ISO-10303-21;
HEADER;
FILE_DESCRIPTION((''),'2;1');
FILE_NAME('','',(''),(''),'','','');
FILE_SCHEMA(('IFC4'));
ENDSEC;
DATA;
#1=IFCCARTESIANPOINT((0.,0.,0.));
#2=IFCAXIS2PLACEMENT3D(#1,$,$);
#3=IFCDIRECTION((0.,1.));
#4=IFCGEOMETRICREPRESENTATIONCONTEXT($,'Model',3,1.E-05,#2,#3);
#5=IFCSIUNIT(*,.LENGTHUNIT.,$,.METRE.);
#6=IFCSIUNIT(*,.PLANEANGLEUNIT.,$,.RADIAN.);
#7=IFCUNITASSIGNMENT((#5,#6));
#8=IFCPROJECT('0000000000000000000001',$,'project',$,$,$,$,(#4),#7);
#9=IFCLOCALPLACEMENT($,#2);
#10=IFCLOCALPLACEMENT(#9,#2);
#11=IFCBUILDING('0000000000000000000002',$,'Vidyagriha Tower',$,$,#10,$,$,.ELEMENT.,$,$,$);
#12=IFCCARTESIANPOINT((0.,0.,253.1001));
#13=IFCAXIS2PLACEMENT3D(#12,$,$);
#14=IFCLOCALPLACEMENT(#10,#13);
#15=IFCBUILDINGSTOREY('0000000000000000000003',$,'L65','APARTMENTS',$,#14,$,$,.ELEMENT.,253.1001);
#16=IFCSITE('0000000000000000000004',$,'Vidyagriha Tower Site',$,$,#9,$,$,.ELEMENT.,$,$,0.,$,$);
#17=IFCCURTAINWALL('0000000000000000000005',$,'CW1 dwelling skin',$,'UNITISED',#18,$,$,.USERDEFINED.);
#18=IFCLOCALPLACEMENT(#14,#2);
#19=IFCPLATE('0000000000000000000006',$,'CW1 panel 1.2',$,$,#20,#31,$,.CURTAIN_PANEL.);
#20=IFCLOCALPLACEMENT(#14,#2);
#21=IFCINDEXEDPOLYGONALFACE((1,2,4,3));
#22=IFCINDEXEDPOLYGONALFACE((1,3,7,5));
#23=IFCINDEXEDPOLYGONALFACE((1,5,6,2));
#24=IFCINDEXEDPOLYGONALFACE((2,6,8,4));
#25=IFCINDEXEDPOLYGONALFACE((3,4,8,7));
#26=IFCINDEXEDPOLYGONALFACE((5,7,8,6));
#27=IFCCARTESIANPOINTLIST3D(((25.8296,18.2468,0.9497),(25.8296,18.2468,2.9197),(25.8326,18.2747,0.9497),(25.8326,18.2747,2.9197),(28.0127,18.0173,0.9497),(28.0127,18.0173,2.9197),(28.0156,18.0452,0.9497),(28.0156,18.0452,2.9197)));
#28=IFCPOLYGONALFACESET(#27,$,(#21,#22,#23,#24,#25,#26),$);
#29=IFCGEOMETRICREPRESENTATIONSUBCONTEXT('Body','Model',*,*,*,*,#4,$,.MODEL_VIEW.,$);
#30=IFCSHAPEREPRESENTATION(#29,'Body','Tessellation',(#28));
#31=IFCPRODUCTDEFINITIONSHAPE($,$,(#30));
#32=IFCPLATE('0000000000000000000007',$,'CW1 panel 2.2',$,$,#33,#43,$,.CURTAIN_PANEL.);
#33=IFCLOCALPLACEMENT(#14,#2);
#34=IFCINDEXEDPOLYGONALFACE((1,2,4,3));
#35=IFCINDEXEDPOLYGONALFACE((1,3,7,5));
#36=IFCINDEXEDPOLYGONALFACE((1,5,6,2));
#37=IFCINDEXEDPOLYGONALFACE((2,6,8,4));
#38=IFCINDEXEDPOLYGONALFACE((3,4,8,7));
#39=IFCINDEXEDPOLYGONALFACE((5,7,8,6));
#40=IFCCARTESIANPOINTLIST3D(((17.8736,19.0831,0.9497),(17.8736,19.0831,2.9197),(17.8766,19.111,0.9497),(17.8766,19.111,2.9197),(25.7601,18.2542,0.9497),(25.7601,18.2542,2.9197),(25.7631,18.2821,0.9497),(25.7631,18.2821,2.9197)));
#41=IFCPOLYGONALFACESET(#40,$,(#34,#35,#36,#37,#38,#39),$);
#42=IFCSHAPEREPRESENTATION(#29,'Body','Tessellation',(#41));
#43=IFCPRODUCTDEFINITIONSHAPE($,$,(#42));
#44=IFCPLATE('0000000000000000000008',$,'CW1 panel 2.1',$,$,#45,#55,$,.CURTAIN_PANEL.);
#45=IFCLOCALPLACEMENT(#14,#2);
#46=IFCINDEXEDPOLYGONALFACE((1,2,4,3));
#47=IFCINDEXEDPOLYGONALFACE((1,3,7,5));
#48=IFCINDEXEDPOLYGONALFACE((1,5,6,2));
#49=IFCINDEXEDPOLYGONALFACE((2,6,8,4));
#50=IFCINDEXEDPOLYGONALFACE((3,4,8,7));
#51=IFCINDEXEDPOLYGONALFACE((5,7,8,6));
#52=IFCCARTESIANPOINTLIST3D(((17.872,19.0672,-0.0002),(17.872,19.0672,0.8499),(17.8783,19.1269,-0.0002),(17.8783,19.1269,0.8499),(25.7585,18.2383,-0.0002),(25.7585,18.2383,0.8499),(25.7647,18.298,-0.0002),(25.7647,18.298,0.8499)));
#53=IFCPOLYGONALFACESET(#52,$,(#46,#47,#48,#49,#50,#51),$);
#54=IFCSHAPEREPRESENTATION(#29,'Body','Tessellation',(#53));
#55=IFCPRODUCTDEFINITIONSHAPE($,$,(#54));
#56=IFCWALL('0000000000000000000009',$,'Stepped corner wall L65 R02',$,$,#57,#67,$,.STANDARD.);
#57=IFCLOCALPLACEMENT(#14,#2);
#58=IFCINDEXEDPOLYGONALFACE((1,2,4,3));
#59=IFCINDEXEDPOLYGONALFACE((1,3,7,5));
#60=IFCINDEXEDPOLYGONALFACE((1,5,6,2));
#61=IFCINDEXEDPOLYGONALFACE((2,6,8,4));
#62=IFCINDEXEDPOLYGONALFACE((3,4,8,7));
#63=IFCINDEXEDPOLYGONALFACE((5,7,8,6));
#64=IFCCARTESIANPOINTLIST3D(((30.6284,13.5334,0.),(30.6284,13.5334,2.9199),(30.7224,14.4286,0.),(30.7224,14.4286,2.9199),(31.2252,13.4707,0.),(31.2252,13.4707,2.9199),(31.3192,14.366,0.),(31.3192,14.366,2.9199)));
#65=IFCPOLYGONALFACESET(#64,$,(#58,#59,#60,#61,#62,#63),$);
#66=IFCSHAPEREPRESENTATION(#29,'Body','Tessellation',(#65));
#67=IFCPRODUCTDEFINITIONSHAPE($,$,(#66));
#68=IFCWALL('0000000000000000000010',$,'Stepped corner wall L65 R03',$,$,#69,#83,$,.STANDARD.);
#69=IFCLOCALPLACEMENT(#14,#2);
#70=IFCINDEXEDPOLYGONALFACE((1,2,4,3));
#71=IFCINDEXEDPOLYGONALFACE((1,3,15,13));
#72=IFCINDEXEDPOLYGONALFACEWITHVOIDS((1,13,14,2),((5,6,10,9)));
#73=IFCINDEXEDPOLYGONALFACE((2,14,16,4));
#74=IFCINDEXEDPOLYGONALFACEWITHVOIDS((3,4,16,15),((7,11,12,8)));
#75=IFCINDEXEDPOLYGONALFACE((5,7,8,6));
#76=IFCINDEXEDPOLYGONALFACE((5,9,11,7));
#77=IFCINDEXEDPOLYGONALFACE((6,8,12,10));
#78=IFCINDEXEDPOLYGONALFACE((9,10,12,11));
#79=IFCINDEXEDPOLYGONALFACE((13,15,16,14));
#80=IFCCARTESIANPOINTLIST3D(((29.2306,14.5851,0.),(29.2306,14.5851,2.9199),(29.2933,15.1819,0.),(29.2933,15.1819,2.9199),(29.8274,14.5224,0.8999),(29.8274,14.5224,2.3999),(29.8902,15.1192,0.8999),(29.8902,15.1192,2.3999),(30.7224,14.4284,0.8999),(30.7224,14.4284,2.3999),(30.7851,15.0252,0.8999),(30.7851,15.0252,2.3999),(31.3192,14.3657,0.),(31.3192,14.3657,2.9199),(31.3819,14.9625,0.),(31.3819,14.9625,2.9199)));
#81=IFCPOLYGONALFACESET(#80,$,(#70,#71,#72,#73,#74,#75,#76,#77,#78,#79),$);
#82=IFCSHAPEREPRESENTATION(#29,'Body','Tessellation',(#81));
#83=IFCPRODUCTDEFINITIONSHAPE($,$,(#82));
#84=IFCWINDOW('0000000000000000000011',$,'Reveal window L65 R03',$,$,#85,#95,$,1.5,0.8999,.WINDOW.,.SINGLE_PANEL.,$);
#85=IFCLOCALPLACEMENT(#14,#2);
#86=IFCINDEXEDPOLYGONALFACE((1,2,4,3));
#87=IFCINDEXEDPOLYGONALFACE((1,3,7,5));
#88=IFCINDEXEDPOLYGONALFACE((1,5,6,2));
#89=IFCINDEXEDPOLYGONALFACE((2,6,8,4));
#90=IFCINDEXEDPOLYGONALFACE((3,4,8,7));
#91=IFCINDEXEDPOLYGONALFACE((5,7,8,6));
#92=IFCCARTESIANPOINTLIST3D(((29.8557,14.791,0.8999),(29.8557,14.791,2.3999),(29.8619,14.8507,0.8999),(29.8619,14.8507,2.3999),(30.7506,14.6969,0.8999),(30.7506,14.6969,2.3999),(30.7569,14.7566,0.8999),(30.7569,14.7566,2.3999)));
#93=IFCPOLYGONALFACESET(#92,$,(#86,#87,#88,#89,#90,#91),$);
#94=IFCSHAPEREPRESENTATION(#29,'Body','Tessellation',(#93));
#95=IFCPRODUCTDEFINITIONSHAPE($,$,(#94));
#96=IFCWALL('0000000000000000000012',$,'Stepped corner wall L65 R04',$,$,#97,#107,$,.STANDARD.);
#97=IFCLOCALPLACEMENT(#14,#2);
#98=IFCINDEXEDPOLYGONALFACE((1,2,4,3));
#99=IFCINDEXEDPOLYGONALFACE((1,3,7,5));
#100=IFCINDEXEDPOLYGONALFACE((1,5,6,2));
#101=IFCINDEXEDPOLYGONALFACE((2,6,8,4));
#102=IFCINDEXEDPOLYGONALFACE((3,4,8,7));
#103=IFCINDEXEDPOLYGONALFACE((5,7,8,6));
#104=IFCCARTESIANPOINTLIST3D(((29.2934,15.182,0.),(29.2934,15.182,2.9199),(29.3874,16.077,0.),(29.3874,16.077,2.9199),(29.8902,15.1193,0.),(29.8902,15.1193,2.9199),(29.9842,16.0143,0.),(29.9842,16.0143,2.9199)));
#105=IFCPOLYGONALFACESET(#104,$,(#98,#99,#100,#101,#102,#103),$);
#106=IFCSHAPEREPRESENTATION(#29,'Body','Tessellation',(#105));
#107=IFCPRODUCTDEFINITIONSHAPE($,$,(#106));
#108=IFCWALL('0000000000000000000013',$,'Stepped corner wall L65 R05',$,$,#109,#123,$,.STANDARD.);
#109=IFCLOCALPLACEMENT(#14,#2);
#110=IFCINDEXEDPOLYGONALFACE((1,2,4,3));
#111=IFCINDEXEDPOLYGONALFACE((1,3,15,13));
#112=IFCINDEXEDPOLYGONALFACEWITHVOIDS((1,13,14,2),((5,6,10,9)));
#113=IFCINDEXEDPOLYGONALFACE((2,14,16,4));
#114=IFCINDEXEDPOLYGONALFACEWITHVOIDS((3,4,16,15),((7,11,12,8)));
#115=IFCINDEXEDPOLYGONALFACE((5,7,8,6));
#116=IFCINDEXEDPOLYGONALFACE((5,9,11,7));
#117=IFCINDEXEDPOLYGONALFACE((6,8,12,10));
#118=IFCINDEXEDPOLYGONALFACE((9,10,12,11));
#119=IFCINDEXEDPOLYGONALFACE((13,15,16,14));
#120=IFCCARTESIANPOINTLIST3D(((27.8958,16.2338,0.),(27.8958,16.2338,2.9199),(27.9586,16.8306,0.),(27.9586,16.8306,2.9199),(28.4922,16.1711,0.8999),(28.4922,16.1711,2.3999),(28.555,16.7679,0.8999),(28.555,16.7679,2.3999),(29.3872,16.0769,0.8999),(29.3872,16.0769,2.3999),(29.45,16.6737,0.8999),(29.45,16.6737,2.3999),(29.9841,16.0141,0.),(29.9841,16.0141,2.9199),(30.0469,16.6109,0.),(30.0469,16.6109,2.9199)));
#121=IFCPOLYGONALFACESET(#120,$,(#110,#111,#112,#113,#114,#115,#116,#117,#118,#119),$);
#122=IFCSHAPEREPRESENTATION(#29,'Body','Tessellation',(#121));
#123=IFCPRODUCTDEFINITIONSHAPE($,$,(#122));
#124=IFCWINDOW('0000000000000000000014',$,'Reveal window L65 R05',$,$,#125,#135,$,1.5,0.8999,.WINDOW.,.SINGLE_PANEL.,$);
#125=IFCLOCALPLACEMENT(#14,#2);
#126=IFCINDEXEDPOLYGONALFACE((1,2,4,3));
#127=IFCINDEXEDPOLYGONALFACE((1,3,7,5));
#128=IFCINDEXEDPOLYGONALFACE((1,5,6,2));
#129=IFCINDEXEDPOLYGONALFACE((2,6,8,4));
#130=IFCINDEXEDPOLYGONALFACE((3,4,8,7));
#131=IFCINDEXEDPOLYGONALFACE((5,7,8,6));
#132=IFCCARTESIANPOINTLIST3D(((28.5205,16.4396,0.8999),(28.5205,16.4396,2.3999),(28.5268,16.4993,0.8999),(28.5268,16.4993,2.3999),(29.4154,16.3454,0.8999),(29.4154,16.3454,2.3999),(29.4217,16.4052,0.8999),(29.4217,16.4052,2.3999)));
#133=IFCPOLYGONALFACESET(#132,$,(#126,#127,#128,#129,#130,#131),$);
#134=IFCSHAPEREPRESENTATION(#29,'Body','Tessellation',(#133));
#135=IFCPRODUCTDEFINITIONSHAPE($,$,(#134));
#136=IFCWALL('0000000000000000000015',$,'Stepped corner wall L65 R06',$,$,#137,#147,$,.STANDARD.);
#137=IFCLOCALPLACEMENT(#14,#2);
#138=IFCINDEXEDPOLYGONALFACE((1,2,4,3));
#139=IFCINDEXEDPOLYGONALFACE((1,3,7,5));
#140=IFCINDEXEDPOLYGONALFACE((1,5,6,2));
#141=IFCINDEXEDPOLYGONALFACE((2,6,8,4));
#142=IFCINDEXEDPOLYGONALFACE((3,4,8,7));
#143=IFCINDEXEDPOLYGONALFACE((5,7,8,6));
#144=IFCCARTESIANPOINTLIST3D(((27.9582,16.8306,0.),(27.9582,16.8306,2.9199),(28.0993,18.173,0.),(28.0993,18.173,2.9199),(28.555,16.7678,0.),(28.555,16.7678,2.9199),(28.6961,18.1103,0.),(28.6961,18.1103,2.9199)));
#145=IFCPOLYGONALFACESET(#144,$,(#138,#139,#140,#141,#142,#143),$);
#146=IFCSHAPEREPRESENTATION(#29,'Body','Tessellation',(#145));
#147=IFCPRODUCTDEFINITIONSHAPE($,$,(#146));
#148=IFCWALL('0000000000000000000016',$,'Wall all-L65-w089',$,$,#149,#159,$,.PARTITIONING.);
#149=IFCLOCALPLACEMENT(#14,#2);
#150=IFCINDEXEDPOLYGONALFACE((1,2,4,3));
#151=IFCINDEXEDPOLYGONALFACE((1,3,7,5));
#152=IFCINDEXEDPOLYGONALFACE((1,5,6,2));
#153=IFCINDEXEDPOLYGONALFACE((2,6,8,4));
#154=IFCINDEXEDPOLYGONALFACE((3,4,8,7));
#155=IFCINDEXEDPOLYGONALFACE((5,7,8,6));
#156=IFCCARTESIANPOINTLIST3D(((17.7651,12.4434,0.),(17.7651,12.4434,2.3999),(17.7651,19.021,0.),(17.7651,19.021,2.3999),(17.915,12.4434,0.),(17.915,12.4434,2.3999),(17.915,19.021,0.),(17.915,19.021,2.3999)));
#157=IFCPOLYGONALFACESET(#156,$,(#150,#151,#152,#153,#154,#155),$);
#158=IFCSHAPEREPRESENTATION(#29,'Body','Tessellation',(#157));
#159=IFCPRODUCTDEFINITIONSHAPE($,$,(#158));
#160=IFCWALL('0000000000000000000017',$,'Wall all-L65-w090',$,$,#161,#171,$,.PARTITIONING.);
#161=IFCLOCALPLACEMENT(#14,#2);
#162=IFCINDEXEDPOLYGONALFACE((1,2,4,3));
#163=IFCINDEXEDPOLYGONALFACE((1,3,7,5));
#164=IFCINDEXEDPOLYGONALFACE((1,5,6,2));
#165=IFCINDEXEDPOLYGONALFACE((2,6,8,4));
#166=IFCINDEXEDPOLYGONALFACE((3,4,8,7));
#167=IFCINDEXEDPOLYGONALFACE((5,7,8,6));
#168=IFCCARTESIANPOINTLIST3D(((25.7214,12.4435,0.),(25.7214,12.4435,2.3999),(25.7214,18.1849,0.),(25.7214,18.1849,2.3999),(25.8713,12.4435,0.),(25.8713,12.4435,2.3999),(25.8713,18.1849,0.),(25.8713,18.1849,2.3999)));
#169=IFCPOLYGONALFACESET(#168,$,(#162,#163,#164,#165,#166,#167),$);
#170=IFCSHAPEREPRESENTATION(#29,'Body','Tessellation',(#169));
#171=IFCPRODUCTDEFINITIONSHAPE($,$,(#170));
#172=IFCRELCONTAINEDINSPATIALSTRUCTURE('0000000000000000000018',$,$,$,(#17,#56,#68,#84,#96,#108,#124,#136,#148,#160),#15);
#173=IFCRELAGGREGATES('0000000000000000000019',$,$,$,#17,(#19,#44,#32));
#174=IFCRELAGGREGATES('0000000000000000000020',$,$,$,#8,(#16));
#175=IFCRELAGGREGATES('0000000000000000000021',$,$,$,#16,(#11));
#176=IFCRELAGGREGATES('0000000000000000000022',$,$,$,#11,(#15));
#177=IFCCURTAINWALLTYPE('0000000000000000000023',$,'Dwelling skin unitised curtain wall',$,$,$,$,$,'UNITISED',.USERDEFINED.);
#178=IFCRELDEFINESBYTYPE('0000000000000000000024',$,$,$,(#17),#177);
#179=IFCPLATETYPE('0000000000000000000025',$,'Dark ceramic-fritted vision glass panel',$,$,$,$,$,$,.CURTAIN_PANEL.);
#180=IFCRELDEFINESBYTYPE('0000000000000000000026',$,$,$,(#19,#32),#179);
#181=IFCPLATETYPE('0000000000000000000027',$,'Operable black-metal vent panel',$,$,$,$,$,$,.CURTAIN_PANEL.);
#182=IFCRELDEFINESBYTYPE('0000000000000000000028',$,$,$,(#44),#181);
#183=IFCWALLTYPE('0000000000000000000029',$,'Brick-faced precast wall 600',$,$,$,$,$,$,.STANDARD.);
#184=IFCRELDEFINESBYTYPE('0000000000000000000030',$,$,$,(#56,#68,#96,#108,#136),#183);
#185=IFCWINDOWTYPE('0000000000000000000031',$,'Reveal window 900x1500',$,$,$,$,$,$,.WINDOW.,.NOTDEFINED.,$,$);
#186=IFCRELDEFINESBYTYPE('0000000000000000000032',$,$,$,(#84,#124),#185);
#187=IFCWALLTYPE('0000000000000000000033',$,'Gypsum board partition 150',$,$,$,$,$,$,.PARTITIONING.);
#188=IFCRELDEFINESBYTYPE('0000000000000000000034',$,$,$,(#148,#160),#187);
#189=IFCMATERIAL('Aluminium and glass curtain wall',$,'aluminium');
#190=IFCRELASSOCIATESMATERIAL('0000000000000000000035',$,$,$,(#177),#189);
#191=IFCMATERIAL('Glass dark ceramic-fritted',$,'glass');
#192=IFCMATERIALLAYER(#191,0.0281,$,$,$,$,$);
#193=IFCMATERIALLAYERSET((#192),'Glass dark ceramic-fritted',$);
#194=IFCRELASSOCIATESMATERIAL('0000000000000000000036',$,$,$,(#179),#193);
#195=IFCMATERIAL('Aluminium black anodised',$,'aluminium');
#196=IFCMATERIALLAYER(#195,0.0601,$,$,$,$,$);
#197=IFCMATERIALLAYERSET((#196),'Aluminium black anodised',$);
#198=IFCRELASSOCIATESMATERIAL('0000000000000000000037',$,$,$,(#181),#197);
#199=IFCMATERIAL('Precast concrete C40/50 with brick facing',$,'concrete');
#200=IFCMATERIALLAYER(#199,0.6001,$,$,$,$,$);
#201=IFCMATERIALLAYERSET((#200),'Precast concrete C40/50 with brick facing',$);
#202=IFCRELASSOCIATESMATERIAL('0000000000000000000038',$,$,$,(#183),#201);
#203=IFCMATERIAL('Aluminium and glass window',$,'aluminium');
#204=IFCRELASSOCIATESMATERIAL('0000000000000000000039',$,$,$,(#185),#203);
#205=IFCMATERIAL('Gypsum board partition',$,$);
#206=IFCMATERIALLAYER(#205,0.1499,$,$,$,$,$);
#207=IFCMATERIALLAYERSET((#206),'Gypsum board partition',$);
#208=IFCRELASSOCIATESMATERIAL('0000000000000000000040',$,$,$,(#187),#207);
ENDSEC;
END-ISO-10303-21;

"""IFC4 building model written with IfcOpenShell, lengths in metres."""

from ifc_helpers import new_model, si_unit, direction, frame, frame_2d, origin, origin_2d, place, context, subcontext, project, spatial, rectangle, extrude, material, layer, layer_set, type_object, element, fill, aggregate, save


model = new_model("IFC4")

# Units and contexts
model_context = context("Model", 3, precision=1e-05, world=origin(), true_north=direction((0.0, 1.0)))
body_context = subcontext(model_context, "Body", "Model", "MODEL_VIEW")
ifc_project = project(units=[si_unit("LENGTHUNIT", "METRE"), si_unit("PLANEANGLEUNIT", "RADIAN")], contexts=[model_context])

# Site, building, storey
site_placement = place(None, origin())
site = spatial("IfcSite", under=ifc_project, at=site_placement, Name="Vidyagriha Tower Site", CompositionType="ELEMENT", RefElevation=0.0)
building_placement = place(site_placement, origin())
building = spatial("IfcBuilding", under=site, at=building_placement, Name="Vidyagriha Tower", CompositionType="ELEMENT")
storey_placement = place(building_placement, frame((0.0, 0.0, 253.1001)))
storey = spatial("IfcBuildingStorey", under=building, at=storey_placement, Name="L65", Description="APARTMENTS", CompositionType="ELEMENT", Elevation=253.1001)

# Curtain wall, plates
ifc_material_1 = material(Name="Aluminium and glass curtain wall", Category="aluminium")
curtain_wall_type = type_object("IfcCurtainWallType", Name="Dwelling skin unitised curtain wall", ElementType="UNITISED", PredefinedType="USERDEFINED", material=ifc_material_1)
curtain_wall_placement = place(storey_placement, origin())
curtain_wall = element("IfcCurtainWall", 1, at=curtain_wall_placement, inside=storey, type_object=curtain_wall_type, Name="CW1 dwelling skin", ObjectType="UNITISED", PredefinedType="USERDEFINED")
ifc_material_2 = material(Name="Glass dark ceramic-fritted", Category="glass")
ifc_layer_1 = layer(ifc_material_2, 0.0281)
ifc_layer_set_1 = layer_set([ifc_layer_1], Name="Glass dark ceramic-fritted")
plate_type_1 = type_object("IfcPlateType", Name="Dark ceramic-fritted vision glass panel", PredefinedType="CURTAIN_PANEL", material=ifc_layer_set_1)
plate_1_placement = place(storey_placement, frame((26.9226, 18.146, 0.9497), z_axis=(0.0, 0.0, 1.0), x_axis=(-0.994522, 0.104529, 0.0)))
plate_1 = element("IfcPlate", 2, at=plate_1_placement, type_object=plate_type_1, Name="CW1 panel 1.2", PredefinedType="CURTAIN_PANEL", context=body_context, shape_type="SweptSolid", body=[
    extrude(rectangle(XDim=2.1951, YDim=0.0281, at=origin_2d()), origin(), (0.0, 0.0, 1.0), 1.97),
])
plate_2_placement = place(storey_placement, frame((21.8184, 18.6826, 0.9497), z_axis=(0.0, 0.0, 1.0), x_axis=(-0.994522, 0.104529, 0.0)))
plate_2 = element("IfcPlate", 3, at=plate_2_placement, type_object=plate_type_1, Name="CW1 panel 2.2", PredefinedType="CURTAIN_PANEL", context=body_context, shape_type="SweptSolid", body=[
    extrude(rectangle(XDim=7.9299, YDim=0.0281, at=origin_2d()), origin(), (0.0, 0.0, 1.0), 1.97),
])
ifc_material_3 = material(Name="Aluminium black anodised", Category="aluminium")
ifc_layer_2 = layer(ifc_material_3, 0.0601)
ifc_layer_set_2 = layer_set([ifc_layer_2], Name="Aluminium black anodised")
plate_type_2 = type_object("IfcPlateType", Name="Operable black-metal vent panel", PredefinedType="CURTAIN_PANEL", material=ifc_layer_set_2)
plate_3_placement = place(storey_placement, frame((21.8184, 18.6826, -0.0002), z_axis=(0.0, 0.0, 1.0), x_axis=(-0.994522, 0.104529, 0.0)))
plate_3 = element("IfcPlate", 4, at=plate_3_placement, type_object=plate_type_2, Name="CW1 panel 2.1", PredefinedType="CURTAIN_PANEL", context=body_context, shape_type="SweptSolid", body=[
    extrude(rectangle(XDim=7.9299, YDim=0.0601, at=origin_2d()), origin(), (0.0, 0.0, 1.0), 0.8501),
])
aggregate(curtain_wall, [plate_1, plate_3, plate_2])

# Wall
ifc_material_4 = material(Name="Precast concrete C40/50 with brick facing", Category="concrete")
ifc_layer_3 = layer(ifc_material_4, 0.6001)
ifc_layer_set_3 = layer_set([ifc_layer_3], Name="Precast concrete C40/50 with brick facing")
wall_type_1 = type_object("IfcWallType", Name="Brick-faced precast wall 600", PredefinedType="STANDARD", material=ifc_layer_set_3)
wall_1_placement = place(storey_placement, frame((30.9268, 13.502, 0.0), z_axis=(0.0, 0.0, 1.0), x_axis=(0.104417, 0.994534, 0.0)))
element("IfcWall", 5, at=wall_1_placement, inside=storey, type_object=wall_type_1, Name="Stepped corner wall L65 R02", PredefinedType="STANDARD", context=body_context, shape_type="SweptSolid", body=[
    extrude(rectangle(XDim=0.9001, YDim=0.6001, at=frame_2d((0.4502, 0.0))), origin(), (0.0, 0.0, 1.0), 2.9199),
])

# Wall, opening, window
wall_2_placement = place(storey_placement, frame((31.3506, 14.6641, 0.0), z_axis=(0.0, 0.0, 1.0), x_axis=(-0.994524, 0.104509, 0.0)))
wall_2 = element("IfcWall", 6, at=wall_2_placement, inside=storey, type_object=wall_type_1, Name="Stepped corner wall L65 R03", PredefinedType="STANDARD", context=body_context, shape_type="SweptSolid", body=[
    extrude(rectangle(XDim=2.1001, YDim=0.6001, at=frame_2d((1.05, 0.0))), origin(), (0.0, 0.0, 1.0), 2.9199),
])
opening_1_placement = place(wall_2_placement, frame((0.6001, 0.0, 0.8999)))
opening_1 = element("IfcOpeningElement", 7, at=opening_1_placement, cuts=wall_2, PredefinedType="OPENING", context=body_context, shape_type="SweptSolid", body=[
    extrude(rectangle(XDim=0.8999, YDim=1.5, at=frame_2d((0.45, 0.75))), frame((0.0, 0.3101, 0.0), z_axis=(0.0, -1.0, 0.0), x_axis=(1.0, 0.0, 0.0)), (0.0, 0.0, 1.0), 0.6201),
])
ifc_material_5 = material(Name="Aluminium and glass window", Category="aluminium")
window_type = type_object("IfcWindowType", Name="Reveal window 900x1500", PartitioningType="NOTDEFINED", PredefinedType="WINDOW", material=ifc_material_5)
window_1_placement = place(opening_1_placement, origin())
window_1 = element("IfcWindow", 8, at=window_1_placement, inside=storey, type_object=window_type, Name="Reveal window L65 R03", OverallHeight=1.5, OverallWidth=0.8999, PartitioningType="SINGLE_PANEL", PredefinedType="WINDOW", context=body_context, shape_type="SweptSolid", body=[
    extrude(rectangle(XDim=0.8999, YDim=1.5, at=frame_2d((0.45, 0.75))), frame((0.0, 0.03, 0.0), z_axis=(0.0, -1.0, 0.0), x_axis=(1.0, 0.0, 0.0)), (0.0, 0.0, 1.0), 0.0601),
])
fill(opening_1, window_1)

# Wall
wall_3_placement = place(storey_placement, frame((29.5918, 15.1506, 0.0), z_axis=(0.0, 0.0, 1.0), x_axis=(0.104445, 0.994531, 0.0)))
element("IfcWall", 9, at=wall_3_placement, inside=storey, type_object=wall_type_1, Name="Stepped corner wall L65 R04", PredefinedType="STANDARD", context=body_context, shape_type="SweptSolid", body=[
    extrude(rectangle(XDim=0.8999, YDim=0.6001, at=frame_2d((0.45, 0.0))), origin(), (0.0, 0.0, 1.0), 2.9199),
])

# Wall, opening, window
wall_4_placement = place(storey_placement, frame((30.0154, 16.3125, 0.0), z_axis=(0.0, 0.0, 1.0), x_axis=(-0.994511, 0.104636, 0.0)))
wall_4 = element("IfcWall", 10, at=wall_4_placement, inside=storey, type_object=wall_type_1, Name="Stepped corner wall L65 R05", PredefinedType="STANDARD", context=body_context, shape_type="SweptSolid", body=[
    extrude(rectangle(XDim=2.0999, YDim=0.6001, at=frame_2d((1.0498, 0.0))), origin(), (0.0, 0.0, 1.0), 2.9199),
])
opening_2_placement = place(wall_4_placement, frame((0.6001, 0.0, 0.8999)))
opening_2 = element("IfcOpeningElement", 11, at=opening_2_placement, cuts=wall_4, PredefinedType="OPENING", context=body_context, shape_type="SweptSolid", body=[
    extrude(rectangle(XDim=0.8999, YDim=1.5, at=frame_2d((0.45, 0.75))), frame((0.0, 0.3101, 0.0), z_axis=(0.0, -1.0, 0.0), x_axis=(1.0, 0.0, 0.0)), (0.0, 0.0, 1.0), 0.6201),
])
window_2_placement = place(opening_2_placement, origin())
window_2 = element("IfcWindow", 12, at=window_2_placement, inside=storey, type_object=window_type, Name="Reveal window L65 R05", OverallHeight=1.5, OverallWidth=0.8999, PartitioningType="SINGLE_PANEL", PredefinedType="WINDOW", context=body_context, shape_type="SweptSolid", body=[
    extrude(rectangle(XDim=0.8999, YDim=1.5, at=frame_2d((0.45, 0.75))), frame((0.0, 0.03, 0.0), z_axis=(0.0, -1.0, 0.0), x_axis=(1.0, 0.0, 0.0)), (0.0, 0.0, 1.0), 0.0601),
])
fill(opening_2, window_2)

# Walls
wall_5_placement = place(storey_placement, frame((28.2566, 16.7993, 0.0), z_axis=(0.0, 0.0, 1.0), x_axis=(0.104534, 0.994521, 0.0)))
element("IfcWall", 13, at=wall_5_placement, inside=storey, type_object=wall_type_1, Name="Stepped corner wall L65 R06", PredefinedType="STANDARD", context=body_context, shape_type="SweptSolid", body=[
    extrude(rectangle(XDim=1.3499, YDim=0.6001, at=frame_2d((0.6748, 0.0))), origin(), (0.0, 0.0, 1.0), 2.9199),
])
ifc_material_6 = material(Name="Gypsum board partition")
ifc_layer_4 = layer(ifc_material_6, 0.1499)
ifc_layer_set_4 = layer_set([ifc_layer_4], Name="Gypsum board partition")
wall_type_2 = type_object("IfcWallType", Name="Gypsum board partition 150", PredefinedType="PARTITIONING", material=ifc_layer_set_4)
wall_6_placement = place(storey_placement, frame((17.8401, 19.021, 0.0), z_axis=(0.0, 0.0, 1.0), x_axis=(0.0, -1.0, 0.0)))
element("IfcWall", 14, at=wall_6_placement, inside=storey, type_object=wall_type_2, Name="Wall all-L65-w089", PredefinedType="PARTITIONING", context=body_context, shape_type="SweptSolid", body=[
    extrude(rectangle(XDim=6.5776, YDim=0.1499, at=frame_2d((3.2888, 0.0))), origin(), (0.0, 0.0, 1.0), 2.3999),
])
wall_7_placement = place(storey_placement, frame((25.7964, 18.1848, 0.0), z_axis=(0.0, 0.0, 1.0), x_axis=(0.0, -1.0, 0.0)))
element("IfcWall", 15, at=wall_7_placement, inside=storey, type_object=wall_type_2, Name="Wall all-L65-w090", PredefinedType="PARTITIONING", context=body_context, shape_type="SweptSolid", body=[
    extrude(rectangle(XDim=5.7415, YDim=0.1499, at=frame_2d((2.8706, 0.0))), origin(), (0.0, 0.0, 1.0), 2.3999),
])

save(model, "model.ifc")
